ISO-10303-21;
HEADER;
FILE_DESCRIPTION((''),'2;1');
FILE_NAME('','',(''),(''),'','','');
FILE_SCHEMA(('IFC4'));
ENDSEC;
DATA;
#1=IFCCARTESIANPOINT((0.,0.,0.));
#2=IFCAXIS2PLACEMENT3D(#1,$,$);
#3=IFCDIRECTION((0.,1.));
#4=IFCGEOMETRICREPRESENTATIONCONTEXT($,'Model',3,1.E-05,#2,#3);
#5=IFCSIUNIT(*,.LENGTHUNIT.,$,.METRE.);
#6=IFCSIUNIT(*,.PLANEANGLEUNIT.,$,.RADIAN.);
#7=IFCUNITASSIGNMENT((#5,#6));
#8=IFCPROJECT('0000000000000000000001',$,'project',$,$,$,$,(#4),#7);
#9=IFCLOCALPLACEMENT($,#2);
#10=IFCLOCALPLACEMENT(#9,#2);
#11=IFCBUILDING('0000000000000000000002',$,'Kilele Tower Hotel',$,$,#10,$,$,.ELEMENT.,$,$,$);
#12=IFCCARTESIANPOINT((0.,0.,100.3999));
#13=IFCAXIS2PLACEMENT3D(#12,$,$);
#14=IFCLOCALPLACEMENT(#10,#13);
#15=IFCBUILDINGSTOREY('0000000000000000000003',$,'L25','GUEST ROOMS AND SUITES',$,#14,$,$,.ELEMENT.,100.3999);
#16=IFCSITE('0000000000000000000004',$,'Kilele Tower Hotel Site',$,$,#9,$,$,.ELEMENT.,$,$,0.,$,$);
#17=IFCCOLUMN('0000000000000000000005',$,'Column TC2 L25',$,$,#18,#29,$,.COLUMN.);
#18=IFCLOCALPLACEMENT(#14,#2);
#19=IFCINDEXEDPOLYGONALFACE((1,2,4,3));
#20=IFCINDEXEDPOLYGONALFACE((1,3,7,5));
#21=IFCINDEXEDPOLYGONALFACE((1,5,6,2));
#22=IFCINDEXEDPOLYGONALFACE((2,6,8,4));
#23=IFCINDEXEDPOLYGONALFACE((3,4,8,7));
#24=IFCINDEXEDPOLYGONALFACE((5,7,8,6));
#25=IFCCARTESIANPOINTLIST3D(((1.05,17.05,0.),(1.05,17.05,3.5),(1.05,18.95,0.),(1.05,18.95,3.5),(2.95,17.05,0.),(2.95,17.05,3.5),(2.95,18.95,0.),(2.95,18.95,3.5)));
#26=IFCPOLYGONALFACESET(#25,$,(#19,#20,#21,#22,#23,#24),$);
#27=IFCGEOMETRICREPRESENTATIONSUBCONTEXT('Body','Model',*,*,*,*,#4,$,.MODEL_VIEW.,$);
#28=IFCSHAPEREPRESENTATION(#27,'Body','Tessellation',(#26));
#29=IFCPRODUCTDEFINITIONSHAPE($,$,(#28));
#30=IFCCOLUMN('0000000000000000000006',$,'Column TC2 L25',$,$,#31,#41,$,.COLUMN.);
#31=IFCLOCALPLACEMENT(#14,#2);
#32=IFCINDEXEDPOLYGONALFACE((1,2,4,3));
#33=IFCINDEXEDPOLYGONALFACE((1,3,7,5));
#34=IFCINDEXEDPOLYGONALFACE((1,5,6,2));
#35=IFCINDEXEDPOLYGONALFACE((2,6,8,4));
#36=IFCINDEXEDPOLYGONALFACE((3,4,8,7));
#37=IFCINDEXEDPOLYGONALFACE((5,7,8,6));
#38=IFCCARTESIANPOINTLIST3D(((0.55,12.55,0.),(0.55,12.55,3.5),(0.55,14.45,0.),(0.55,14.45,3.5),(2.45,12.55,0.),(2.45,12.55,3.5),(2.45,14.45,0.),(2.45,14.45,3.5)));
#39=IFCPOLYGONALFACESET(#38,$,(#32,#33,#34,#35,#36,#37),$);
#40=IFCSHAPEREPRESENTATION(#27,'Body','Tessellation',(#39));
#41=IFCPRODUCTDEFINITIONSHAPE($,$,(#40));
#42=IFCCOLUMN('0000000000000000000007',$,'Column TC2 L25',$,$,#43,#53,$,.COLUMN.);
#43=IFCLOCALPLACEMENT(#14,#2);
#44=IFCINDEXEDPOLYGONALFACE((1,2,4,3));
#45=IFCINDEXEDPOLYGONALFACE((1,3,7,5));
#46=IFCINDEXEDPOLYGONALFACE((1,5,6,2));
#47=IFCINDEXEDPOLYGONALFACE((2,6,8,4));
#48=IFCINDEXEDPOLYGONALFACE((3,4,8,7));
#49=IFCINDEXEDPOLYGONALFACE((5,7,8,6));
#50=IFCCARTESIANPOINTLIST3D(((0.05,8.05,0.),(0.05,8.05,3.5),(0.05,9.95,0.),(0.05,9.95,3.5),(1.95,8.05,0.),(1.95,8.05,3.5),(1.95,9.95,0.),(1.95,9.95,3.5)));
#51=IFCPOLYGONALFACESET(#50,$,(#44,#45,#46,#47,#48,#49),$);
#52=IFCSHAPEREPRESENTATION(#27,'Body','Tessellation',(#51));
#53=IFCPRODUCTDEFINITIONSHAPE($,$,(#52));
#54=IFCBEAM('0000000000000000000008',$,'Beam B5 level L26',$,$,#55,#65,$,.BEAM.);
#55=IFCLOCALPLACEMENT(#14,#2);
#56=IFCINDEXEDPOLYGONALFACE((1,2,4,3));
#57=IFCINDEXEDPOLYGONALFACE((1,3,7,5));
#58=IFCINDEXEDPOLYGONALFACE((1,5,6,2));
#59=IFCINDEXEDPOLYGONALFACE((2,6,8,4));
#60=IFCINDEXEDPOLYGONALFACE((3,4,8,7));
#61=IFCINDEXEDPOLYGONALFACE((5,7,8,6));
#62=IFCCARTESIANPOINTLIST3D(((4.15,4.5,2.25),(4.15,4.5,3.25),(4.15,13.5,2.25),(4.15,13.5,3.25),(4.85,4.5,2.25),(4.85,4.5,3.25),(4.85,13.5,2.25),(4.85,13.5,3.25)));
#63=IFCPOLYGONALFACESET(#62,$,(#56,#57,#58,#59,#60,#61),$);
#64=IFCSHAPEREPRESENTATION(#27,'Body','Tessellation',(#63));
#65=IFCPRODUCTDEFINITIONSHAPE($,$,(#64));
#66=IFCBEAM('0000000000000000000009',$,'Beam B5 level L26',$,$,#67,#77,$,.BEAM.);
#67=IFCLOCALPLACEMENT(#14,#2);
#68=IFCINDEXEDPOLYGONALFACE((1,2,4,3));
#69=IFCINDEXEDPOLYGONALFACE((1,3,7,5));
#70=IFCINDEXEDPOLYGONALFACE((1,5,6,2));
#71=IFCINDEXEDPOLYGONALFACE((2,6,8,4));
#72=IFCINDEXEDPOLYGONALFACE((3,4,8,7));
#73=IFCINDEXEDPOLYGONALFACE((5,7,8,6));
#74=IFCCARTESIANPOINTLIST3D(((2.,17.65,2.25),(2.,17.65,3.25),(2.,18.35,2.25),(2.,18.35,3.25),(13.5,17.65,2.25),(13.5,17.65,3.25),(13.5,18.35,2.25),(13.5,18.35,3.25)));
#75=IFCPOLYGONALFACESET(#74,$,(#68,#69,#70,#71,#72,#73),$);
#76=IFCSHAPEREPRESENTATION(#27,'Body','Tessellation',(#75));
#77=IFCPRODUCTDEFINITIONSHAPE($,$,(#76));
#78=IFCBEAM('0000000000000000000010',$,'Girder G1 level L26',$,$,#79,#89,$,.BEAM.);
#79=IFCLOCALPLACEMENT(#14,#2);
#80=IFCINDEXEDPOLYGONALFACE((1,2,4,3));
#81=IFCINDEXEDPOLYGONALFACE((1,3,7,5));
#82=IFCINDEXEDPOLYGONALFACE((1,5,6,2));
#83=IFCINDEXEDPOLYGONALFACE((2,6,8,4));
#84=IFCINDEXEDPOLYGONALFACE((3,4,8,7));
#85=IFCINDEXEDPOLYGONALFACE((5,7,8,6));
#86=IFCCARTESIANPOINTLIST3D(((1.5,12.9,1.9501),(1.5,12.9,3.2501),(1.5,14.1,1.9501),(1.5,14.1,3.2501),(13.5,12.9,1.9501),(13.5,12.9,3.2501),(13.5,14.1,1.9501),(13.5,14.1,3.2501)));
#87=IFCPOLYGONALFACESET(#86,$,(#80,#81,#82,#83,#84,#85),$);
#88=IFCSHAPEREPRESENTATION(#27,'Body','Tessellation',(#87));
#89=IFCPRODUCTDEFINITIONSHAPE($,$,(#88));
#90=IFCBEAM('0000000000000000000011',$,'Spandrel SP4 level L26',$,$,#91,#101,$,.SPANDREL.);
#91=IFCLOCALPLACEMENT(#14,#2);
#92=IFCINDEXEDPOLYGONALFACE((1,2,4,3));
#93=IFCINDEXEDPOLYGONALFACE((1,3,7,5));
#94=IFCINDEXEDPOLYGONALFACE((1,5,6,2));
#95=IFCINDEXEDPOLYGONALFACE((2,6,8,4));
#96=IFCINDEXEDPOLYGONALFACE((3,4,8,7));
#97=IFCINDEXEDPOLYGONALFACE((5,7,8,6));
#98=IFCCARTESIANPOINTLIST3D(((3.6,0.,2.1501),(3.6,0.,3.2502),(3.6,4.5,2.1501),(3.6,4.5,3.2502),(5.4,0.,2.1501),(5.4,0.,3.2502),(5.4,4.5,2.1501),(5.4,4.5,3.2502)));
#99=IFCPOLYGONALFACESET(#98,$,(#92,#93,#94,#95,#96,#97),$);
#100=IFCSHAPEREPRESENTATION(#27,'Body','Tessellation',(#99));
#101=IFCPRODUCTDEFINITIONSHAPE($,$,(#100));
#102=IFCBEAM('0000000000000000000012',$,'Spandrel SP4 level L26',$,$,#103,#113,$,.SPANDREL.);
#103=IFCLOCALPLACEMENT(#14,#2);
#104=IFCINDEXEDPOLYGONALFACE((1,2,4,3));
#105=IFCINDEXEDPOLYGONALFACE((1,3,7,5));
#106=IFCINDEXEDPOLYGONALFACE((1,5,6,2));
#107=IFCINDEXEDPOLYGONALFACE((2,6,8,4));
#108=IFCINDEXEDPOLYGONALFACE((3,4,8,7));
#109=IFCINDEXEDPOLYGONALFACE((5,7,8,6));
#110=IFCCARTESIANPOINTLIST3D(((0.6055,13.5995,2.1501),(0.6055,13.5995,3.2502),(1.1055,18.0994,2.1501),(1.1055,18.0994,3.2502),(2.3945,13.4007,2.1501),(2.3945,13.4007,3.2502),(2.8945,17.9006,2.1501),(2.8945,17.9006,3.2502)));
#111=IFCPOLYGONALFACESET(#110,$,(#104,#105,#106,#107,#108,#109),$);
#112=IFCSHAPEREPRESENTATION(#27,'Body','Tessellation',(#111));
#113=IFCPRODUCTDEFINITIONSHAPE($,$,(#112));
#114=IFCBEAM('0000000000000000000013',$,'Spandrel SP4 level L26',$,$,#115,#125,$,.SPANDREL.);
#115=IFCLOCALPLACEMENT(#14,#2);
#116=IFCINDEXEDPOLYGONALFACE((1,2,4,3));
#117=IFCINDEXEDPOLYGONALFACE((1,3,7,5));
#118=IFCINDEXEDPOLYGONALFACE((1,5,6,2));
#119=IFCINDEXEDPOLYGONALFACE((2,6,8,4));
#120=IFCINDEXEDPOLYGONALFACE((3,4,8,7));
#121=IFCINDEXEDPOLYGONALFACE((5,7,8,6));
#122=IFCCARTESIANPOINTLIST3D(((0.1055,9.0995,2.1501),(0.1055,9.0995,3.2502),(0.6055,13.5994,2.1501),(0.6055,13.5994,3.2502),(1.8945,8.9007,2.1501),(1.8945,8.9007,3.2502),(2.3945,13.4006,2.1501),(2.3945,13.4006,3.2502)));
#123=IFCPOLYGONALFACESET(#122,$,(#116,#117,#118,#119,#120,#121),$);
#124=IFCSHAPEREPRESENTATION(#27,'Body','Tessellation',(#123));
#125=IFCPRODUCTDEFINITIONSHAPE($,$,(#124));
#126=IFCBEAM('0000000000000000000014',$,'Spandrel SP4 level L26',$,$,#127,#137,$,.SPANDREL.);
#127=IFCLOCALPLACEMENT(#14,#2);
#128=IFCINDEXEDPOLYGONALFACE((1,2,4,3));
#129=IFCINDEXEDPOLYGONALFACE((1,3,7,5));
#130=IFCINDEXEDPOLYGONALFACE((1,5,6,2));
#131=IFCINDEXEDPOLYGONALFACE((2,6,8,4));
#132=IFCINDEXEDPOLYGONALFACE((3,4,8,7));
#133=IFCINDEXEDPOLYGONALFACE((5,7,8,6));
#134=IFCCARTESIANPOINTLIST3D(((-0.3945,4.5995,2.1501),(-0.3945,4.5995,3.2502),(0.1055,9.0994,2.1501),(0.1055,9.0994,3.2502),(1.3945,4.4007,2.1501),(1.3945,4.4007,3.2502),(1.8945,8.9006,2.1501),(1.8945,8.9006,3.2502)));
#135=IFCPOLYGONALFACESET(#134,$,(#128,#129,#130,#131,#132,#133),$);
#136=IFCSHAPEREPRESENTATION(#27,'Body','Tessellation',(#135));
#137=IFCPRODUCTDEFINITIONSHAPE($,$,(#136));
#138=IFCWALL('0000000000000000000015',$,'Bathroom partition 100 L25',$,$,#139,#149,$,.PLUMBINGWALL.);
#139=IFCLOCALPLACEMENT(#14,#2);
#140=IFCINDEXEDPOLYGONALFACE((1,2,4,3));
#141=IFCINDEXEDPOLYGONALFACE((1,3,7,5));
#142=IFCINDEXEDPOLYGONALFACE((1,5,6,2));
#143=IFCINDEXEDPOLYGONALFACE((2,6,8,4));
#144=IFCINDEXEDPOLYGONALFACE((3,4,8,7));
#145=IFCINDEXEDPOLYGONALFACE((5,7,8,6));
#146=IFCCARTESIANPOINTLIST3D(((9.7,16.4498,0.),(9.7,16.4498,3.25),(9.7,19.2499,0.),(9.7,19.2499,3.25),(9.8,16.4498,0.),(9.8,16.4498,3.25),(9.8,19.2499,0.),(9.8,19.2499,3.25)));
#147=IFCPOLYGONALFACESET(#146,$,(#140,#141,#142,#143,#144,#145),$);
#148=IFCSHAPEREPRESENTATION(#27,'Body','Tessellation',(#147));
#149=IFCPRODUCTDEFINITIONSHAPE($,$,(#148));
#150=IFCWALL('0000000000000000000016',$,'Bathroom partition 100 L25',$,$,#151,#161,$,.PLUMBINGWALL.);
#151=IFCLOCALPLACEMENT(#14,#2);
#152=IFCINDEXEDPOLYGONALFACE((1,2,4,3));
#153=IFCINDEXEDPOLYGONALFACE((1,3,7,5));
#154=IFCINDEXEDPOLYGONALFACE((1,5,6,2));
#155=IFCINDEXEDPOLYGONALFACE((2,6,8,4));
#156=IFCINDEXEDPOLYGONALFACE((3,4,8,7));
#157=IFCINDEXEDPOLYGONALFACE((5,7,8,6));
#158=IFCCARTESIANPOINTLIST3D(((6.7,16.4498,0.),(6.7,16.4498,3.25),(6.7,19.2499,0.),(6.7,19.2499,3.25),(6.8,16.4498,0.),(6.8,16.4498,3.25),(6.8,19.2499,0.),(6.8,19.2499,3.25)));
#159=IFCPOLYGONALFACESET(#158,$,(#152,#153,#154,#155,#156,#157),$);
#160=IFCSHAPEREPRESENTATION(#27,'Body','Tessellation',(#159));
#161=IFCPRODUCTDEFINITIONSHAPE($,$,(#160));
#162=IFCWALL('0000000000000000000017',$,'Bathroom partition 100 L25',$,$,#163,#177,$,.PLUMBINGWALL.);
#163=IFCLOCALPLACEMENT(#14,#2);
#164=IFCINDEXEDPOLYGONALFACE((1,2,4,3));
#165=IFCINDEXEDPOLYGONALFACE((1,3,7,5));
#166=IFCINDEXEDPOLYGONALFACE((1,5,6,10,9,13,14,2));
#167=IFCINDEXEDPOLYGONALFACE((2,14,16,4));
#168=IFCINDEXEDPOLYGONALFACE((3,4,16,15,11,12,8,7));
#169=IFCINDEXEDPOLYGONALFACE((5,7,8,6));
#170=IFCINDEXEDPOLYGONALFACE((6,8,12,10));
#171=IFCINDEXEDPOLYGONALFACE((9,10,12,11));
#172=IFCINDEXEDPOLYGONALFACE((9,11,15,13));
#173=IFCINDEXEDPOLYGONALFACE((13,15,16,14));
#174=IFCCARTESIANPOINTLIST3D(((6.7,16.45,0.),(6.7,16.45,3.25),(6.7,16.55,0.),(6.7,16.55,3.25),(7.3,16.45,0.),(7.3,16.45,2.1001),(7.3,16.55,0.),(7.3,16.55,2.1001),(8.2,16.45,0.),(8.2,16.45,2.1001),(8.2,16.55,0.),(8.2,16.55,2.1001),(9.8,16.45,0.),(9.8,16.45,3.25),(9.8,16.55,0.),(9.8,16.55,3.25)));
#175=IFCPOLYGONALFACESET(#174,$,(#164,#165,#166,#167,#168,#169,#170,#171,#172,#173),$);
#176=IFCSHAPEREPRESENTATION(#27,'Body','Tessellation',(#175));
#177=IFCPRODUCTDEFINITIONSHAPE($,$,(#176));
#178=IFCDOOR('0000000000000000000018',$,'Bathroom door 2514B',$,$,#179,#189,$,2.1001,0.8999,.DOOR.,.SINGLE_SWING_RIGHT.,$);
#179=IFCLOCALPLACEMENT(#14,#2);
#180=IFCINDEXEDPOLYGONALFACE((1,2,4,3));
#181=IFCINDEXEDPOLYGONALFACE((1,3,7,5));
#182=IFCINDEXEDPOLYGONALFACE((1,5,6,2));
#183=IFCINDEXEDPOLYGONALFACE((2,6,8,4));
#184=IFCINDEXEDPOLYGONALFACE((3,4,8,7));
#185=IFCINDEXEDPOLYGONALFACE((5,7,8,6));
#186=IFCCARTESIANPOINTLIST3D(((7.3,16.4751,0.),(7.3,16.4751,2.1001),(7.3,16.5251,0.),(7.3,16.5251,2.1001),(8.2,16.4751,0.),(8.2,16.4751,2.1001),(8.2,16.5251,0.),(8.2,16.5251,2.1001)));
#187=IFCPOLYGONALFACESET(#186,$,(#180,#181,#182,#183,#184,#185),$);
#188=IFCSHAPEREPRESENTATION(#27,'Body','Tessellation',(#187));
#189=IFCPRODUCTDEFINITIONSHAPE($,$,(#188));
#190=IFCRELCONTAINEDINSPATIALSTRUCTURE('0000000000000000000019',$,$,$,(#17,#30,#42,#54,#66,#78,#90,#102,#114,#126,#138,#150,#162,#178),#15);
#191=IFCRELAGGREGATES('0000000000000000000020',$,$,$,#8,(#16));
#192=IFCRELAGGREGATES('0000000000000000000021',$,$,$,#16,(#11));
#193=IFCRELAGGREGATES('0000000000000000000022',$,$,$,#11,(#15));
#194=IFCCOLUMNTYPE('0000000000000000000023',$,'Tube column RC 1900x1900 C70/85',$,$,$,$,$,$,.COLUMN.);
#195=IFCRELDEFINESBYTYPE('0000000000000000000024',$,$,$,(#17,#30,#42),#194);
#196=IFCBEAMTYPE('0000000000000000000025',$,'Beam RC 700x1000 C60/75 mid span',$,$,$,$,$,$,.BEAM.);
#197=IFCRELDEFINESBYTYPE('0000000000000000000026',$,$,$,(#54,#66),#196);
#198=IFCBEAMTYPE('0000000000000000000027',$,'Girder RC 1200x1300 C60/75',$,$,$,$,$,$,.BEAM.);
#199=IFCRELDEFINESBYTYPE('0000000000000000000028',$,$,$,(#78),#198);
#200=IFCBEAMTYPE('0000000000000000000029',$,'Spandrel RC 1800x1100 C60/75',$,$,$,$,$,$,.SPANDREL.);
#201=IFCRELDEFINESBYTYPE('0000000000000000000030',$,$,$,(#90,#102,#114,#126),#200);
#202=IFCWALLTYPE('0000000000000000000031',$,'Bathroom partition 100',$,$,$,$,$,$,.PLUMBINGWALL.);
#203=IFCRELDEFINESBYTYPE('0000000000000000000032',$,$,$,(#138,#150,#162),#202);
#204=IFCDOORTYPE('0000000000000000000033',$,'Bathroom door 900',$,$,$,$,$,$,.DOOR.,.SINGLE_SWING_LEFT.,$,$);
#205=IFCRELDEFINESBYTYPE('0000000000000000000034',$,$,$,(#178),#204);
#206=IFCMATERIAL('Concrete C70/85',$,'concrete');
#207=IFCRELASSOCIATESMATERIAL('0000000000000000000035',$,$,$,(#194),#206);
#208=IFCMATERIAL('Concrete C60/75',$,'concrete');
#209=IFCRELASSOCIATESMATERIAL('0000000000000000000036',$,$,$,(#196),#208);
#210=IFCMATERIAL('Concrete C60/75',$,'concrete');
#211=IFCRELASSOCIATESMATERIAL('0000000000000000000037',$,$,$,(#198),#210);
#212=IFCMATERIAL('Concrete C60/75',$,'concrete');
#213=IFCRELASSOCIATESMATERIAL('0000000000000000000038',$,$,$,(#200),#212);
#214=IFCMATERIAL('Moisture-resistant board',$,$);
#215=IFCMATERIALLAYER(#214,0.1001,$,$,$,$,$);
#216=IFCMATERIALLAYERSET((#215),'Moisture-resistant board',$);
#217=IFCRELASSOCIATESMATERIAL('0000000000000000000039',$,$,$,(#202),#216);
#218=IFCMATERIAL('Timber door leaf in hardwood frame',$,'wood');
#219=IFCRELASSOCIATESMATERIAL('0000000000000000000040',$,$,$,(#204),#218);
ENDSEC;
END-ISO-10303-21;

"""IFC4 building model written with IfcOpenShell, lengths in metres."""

from ifc_helpers import new_model, si_unit, direction, frame, frame_2d, origin, origin_2d, place, context, subcontext, project, spatial, rectangle, extrude, material, layer, layer_set, material_profile, profile_set, type_object, element, fill, save


model = new_model("IFC4")

# Units and contexts
model_context = context("Model", 3, precision=1e-05, world=origin(), true_north=direction((0.0, 1.0)))
body_context = subcontext(model_context, "Body", "Model", "MODEL_VIEW")
ifc_project = project(units=[si_unit("LENGTHUNIT", "METRE"), si_unit("PLANEANGLEUNIT", "RADIAN")], contexts=[model_context])

# Site, building, storey
site_placement = place(None, origin())
site = spatial("IfcSite", under=ifc_project, at=site_placement, Name="Kilele Tower Hotel Site", CompositionType="ELEMENT", RefElevation=0.0)
building_placement = place(site_placement, origin())
building = spatial("IfcBuilding", under=site, at=building_placement, Name="Kilele Tower Hotel", CompositionType="ELEMENT")
storey_placement = place(building_placement, frame((0.0, 0.0, 100.3999)))
storey = spatial("IfcBuildingStorey", under=building, at=storey_placement, Name="L25", Description="GUEST ROOMS AND SUITES", CompositionType="ELEMENT", Elevation=100.3999)

# Columns
ifc_material_1 = material(Name="Concrete C70/85", Category="concrete")
ifc_material_profile_1 = material_profile(ifc_material_1, rectangle(XDim=1.8999, YDim=1.8999, at=origin_2d()))
ifc_profile_set_1 = profile_set([ifc_material_profile_1], Name="Concrete C70/85")
column_type = type_object("IfcColumnType", Name="Tube column RC 1900x1900 C70/85", PredefinedType="COLUMN", material=ifc_profile_set_1)
for number, where, z_axis, x_axis, name in (
    (1, (2.0, 18.0, 0.0), (0.0, 0.0, 1.0), (1.0, 0.0, 0.0), "Column TC2 L25"),
    (2, (1.5, 13.5, 0.0), (0.0, 0.0, 1.0), (1.0, 0.0, 0.0), "Column TC2 L25"),
    (3, (1.0, 9.0, 0.0), (0.0, 0.0, 1.0), (1.0, 0.0, 0.0), "Column TC2 L25"),
):
    element("IfcColumn", number, at=place(storey_placement, frame(where, z_axis=z_axis, x_axis=x_axis)), inside=storey, type_object=column_type, Name=name, PredefinedType="COLUMN", context=body_context, shape_type="SweptSolid", body=[
        extrude(rectangle(XDim=1.8999, YDim=1.8999, at=origin_2d()), origin(), (0.0, 0.0, 1.0), 3.5),
    ])

# Beams
ifc_material_2 = material(Name="Concrete C60/75", Category="concrete")
ifc_material_profile_2 = material_profile(ifc_material_2, rectangle(XDim=0.7, YDim=1.0, at=origin_2d()))
ifc_profile_set_2 = profile_set([ifc_material_profile_2], Name="Concrete C60/75")
beam_type_1 = type_object("IfcBeamType", Name="Beam RC 700x1000 C60/75 mid span", PredefinedType="BEAM", material=ifc_profile_set_2)
beam_1_placement = place(storey_placement, frame((4.5, 4.5, 2.75), z_axis=(0.0, 1.0, 0.0), x_axis=(-1.0, 0.0, 0.0)))
element("IfcBeam", 4, at=beam_1_placement, inside=storey, type_object=beam_type_1, Name="Beam B5 level L26", PredefinedType="BEAM", context=body_context, shape_type="SweptSolid", body=[
    extrude(rectangle(XDim=0.7, YDim=1.0, at=origin_2d()), origin(), (0.0, 0.0, 1.0), 9.0),
])
beam_2_placement = place(storey_placement, frame((2.0, 18.0, 2.75), z_axis=(1.0, 0.0, 0.0), x_axis=(0.0, 1.0, 0.0)))
element("IfcBeam", 5, at=beam_2_placement, inside=storey, type_object=beam_type_1, Name="Beam B5 level L26", PredefinedType="BEAM", context=body_context, shape_type="SweptSolid", body=[
    extrude(rectangle(XDim=0.7, YDim=1.0, at=origin_2d()), origin(), (0.0, 0.0, 1.0), 11.5),
])
ifc_material_3 = material(Name="Concrete C60/75", Category="concrete")
ifc_material_profile_3 = material_profile(ifc_material_3, rectangle(XDim=1.2, YDim=1.3, at=origin_2d()))
ifc_profile_set_3 = profile_set([ifc_material_profile_3], Name="Concrete C60/75")
beam_type_2 = type_object("IfcBeamType", Name="Girder RC 1200x1300 C60/75", PredefinedType="BEAM", material=ifc_profile_set_3)
beam_3_placement = place(storey_placement, frame((1.5, 13.5, 2.6001), z_axis=(1.0, 0.0, 0.0), x_axis=(0.0, 1.0, 0.0)))
element("IfcBeam", 6, at=beam_3_placement, inside=storey, type_object=beam_type_2, Name="Girder G1 level L26", PredefinedType="BEAM", context=body_context, shape_type="SweptSolid", body=[
    extrude(rectangle(XDim=1.2, YDim=1.3, at=origin_2d()), origin(), (0.0, 0.0, 1.0), 12.0),
])
ifc_material_4 = material(Name="Concrete C60/75", Category="concrete")
ifc_material_profile_4 = material_profile(ifc_material_4, rectangle(XDim=1.8, YDim=1.1001, at=origin_2d()))
ifc_profile_set_4 = profile_set([ifc_material_profile_4], Name="Concrete C60/75")
beam_type_3 = type_object("IfcBeamType", Name="Spandrel RC 1800x1100 C60/75", PredefinedType="SPANDREL", material=ifc_profile_set_4)
beam_4_placement = place(storey_placement, frame((4.5, 4.5, 2.7002), z_axis=(0.0, -1.0, 0.0), x_axis=(1.0, 0.0, 0.0)))
element("IfcBeam", 7, at=beam_4_placement, inside=storey, type_object=beam_type_3, Name="Spandrel SP4 level L26", PredefinedType="SPANDREL", context=body_context, shape_type="SweptSolid", body=[
    extrude(rectangle(XDim=1.8, YDim=1.1001, at=origin_2d()), origin(), (0.0, 0.0, 1.0), 4.5),
])
for number, where, z_axis, x_axis, name in (
    (8, (2.0, 18.0, 2.7002), (-0.110432, -0.993884, 0.0), (0.993884, -0.110432, 0.0), "Spandrel SP4 level L26"),
    (9, (1.5, 13.5, 2.7002), (-0.110432, -0.993884, 0.0), (0.993884, -0.110432, 0.0), "Spandrel SP4 level L26"),
    (10, (1.0, 9.0, 2.7002), (-0.110432, -0.993884, 0.0), (0.993884, -0.110432, 0.0), "Spandrel SP4 level L26"),
):
    element("IfcBeam", number, at=place(storey_placement, frame(where, z_axis=z_axis, x_axis=x_axis)), inside=storey, type_object=beam_type_3, Name=name, PredefinedType="SPANDREL", context=body_context, shape_type="SweptSolid", body=[
        extrude(rectangle(XDim=1.8, YDim=1.1001, at=origin_2d()), origin(), (0.0, 0.0, 1.0), 4.5276),
    ])

# Walls
ifc_material_5 = material(Name="Moisture-resistant board")
ifc_layer_1 = layer(ifc_material_5, 0.1001)
ifc_layer_set_1 = layer_set([ifc_layer_1], Name="Moisture-resistant board")
wall_type_1 = type_object("IfcWallType", Name="Bathroom partition 100", PredefinedType="PLUMBINGWALL", material=ifc_layer_set_1)
for number, where, z_axis, x_axis, name in (
    (11, (9.75, 16.45, 0.0), (0.0, 0.0, 1.0), (0.0, 1.0, 0.0), "Bathroom partition 100 L25"),
    (12, (6.75, 16.45, 0.0), (0.0, 0.0, 1.0), (0.0, 1.0, 0.0), "Bathroom partition 100 L25"),
):
    element("IfcWall", number, at=place(storey_placement, frame(where, z_axis=z_axis, x_axis=x_axis)), inside=storey, type_object=wall_type_1, Name=name, PredefinedType="PLUMBINGWALL", context=body_context, shape_type="SweptSolid", body=[
        extrude(rectangle(XDim=2.8, YDim=0.1001, at=frame_2d((1.3999, 0.0))), origin(), (0.0, 0.0, 1.0), 3.25),
    ])

# Wall, opening, door
wall_1_placement = place(storey_placement, frame((9.8, 16.5, 0.0), z_axis=(0.0, 0.0, 1.0), x_axis=(-1.0, 0.0, 0.0)))
wall_1 = element("IfcWall", 13, at=wall_1_placement, inside=storey, type_object=wall_type_1, Name="Bathroom partition 100 L25", PredefinedType="PLUMBINGWALL", context=body_context, shape_type="SweptSolid", body=[
    extrude(rectangle(XDim=3.1001, YDim=0.1001, at=frame_2d((1.55, 0.0))), origin(), (0.0, 0.0, 1.0), 3.25),
])
opening_1_placement = place(wall_1_placement, frame((1.6001, 0.0, 0.0)))
opening_1 = element("IfcOpeningElement", 14, at=opening_1_placement, cuts=wall_1, PredefinedType="OPENING", context=body_context, shape_type="SweptSolid", body=[
    extrude(rectangle(XDim=0.8999, YDim=2.1001, at=frame_2d((0.45, 1.05))), frame((0.0, 0.0601, 0.0), z_axis=(0.0, -1.0, 0.0), x_axis=(1.0, 0.0, 0.0)), (0.0, 0.0, 1.0), 0.1201),
])
ifc_material_6 = material(Name="Timber door leaf in hardwood frame", Category="wood")
door_type_1 = type_object("IfcDoorType", Name="Bathroom door 900", OperationType="SINGLE_SWING_LEFT", PredefinedType="DOOR", material=ifc_material_6)
door_1_placement = place(opening_1_placement, origin())
door_1 = element("IfcDoor", 15, at=door_1_placement, inside=storey, type_object=door_type_1, Name="Bathroom door 2514B", OperationType="SINGLE_SWING_RIGHT", OverallHeight=2.1001, OverallWidth=0.8999, PredefinedType="DOOR", context=body_context, shape_type="SweptSolid", body=[
    extrude(rectangle(XDim=0.8999, YDim=2.1001, at=frame_2d((0.45, 1.05))), frame((0.0, 0.0249, 0.0), z_axis=(0.0, -1.0, 0.0), x_axis=(1.0, 0.0, 0.0)), (0.0, 0.0, 1.0), 0.05),
])
fill(opening_1, door_1)

save(model, "model.ifc")
